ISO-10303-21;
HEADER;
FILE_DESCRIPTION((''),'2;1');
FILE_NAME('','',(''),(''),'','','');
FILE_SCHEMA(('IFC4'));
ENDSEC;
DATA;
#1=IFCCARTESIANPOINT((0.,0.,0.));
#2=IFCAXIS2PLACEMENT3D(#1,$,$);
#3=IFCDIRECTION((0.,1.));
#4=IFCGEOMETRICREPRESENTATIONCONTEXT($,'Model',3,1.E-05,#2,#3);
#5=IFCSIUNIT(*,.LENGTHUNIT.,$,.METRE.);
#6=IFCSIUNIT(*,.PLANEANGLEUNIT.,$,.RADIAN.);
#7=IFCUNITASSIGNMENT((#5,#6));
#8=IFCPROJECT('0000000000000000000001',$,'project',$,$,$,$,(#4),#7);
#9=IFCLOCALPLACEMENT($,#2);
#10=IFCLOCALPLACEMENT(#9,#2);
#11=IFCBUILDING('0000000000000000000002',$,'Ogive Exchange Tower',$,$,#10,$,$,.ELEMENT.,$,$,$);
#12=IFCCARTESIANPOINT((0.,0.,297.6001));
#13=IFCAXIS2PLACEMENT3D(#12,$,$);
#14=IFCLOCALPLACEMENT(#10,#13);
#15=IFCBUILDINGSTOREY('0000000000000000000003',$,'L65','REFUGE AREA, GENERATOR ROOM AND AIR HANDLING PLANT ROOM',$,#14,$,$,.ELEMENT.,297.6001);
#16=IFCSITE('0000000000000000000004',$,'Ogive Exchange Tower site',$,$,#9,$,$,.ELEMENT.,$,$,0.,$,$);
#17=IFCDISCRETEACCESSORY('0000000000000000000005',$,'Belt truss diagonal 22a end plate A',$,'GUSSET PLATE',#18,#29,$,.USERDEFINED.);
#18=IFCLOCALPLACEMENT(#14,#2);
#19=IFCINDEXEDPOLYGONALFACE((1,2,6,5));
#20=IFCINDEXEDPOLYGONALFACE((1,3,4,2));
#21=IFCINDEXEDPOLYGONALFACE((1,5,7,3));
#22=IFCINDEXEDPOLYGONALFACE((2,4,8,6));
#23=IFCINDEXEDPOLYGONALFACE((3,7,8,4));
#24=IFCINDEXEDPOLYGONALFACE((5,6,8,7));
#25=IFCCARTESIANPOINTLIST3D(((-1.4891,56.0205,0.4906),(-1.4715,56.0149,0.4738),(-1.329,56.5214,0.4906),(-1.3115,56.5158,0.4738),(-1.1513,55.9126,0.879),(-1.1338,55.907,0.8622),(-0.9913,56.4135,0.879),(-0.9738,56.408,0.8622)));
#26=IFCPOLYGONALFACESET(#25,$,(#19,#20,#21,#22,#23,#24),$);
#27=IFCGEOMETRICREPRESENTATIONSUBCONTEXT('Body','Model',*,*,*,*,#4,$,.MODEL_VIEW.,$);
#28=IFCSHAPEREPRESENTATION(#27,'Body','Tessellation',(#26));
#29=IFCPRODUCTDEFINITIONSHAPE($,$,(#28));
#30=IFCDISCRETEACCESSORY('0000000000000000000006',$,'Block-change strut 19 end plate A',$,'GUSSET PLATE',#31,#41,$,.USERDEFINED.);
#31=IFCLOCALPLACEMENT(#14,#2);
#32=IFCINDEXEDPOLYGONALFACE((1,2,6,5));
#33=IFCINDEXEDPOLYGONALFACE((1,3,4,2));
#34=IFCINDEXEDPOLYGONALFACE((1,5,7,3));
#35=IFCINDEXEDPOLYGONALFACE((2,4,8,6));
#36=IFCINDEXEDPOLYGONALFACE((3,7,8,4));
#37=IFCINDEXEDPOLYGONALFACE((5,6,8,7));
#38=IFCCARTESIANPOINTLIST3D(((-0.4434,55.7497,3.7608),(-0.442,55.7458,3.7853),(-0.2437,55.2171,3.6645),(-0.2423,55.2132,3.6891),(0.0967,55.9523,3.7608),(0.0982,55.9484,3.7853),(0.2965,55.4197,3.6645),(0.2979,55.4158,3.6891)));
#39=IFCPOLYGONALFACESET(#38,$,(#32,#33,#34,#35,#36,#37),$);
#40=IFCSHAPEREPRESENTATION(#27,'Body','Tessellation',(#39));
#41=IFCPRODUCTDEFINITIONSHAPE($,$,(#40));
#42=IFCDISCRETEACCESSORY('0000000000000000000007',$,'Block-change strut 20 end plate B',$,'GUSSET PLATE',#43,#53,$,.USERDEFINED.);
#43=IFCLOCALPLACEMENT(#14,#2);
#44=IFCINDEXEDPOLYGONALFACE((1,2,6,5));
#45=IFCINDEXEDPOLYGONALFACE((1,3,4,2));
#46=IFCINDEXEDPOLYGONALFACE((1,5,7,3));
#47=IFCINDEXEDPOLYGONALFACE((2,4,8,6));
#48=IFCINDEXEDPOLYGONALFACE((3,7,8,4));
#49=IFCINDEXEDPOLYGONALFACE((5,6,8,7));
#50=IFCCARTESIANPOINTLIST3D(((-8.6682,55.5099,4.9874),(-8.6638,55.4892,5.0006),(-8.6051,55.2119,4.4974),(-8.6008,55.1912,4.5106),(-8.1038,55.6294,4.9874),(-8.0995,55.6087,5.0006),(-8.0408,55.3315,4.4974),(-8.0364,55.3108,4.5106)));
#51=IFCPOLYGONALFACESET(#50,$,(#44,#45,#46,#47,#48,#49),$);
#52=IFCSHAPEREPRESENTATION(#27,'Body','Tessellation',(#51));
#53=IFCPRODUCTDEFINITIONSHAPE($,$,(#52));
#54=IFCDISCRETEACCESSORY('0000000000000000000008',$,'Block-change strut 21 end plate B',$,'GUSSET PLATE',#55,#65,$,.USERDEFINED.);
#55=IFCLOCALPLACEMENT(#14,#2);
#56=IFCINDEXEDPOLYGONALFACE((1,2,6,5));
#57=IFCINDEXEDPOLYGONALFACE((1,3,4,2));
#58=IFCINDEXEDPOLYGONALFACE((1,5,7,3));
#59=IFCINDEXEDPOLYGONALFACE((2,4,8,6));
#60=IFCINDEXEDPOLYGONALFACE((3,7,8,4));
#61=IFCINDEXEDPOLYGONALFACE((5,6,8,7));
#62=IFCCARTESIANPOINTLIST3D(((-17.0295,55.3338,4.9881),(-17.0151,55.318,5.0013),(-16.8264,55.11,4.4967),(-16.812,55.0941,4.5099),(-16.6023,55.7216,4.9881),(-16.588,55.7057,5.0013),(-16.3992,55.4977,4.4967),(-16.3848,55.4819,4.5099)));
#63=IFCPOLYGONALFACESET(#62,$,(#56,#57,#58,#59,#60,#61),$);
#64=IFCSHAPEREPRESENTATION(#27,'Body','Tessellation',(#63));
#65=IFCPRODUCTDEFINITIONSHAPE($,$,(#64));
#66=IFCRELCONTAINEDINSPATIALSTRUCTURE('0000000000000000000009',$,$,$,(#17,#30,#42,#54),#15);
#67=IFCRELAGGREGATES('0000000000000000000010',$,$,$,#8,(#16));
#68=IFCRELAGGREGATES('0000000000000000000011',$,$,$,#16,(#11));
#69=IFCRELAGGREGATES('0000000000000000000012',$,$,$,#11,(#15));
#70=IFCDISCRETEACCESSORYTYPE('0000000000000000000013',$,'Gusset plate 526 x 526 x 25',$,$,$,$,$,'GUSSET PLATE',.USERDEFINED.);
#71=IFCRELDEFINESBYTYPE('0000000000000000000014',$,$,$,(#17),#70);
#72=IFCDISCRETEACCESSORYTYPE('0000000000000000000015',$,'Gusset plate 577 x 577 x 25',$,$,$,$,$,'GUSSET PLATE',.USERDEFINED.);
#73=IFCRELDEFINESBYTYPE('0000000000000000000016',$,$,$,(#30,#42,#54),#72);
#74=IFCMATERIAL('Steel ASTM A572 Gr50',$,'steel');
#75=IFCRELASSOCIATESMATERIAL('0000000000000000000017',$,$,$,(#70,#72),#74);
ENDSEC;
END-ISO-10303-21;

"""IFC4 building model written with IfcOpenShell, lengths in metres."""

from ifc_helpers import new_model, si_unit, direction, frame, origin, origin_2d, place, context, subcontext, project, spatial, rectangle, extrude, material, material_profile, profile_set, type_object, element, save


model = new_model("IFC4")

# Units and contexts
model_context = context("Model", 3, precision=1e-05, world=origin(), true_north=direction((0.0, 1.0)))
body_context = subcontext(model_context, "Body", "Model", "MODEL_VIEW")
ifc_project = project(units=[si_unit("LENGTHUNIT", "METRE"), si_unit("PLANEANGLEUNIT", "RADIAN")], contexts=[model_context])

# Site, building, storey
site_placement = place(None, origin())
site = spatial("IfcSite", under=ifc_project, at=site_placement, Name="Ogive Exchange Tower site", CompositionType="ELEMENT", RefElevation=0.0)
building_placement = place(site_placement, origin())
building = spatial("IfcBuilding", under=site, at=building_placement, Name="Ogive Exchange Tower", CompositionType="ELEMENT")
storey_placement = place(building_placement, frame((0.0, 0.0, 297.6001)))
storey = spatial("IfcBuildingStorey", under=building, at=storey_placement, Name="L65", Description="REFUGE AREA, GENERATOR ROOM AND AIR HANDLING PLANT ROOM", CompositionType="ELEMENT", Elevation=297.6001)

# Discrete accessories
ifc_material_1 = material(Name="Steel ASTM A572 Gr50", Category="steel")
ifc_material_profile_1 = material_profile(ifc_material_1, rectangle(XDim=0.5259, YDim=0.5259, at=origin_2d()), Name="PL 526 x 526 x 25")
ifc_profile_set_1 = profile_set([ifc_material_profile_1], Name="Steel ASTM A572 Gr50")
discrete_accessory_type_1 = type_object("IfcDiscreteAccessoryType", Name="Gusset plate 526 x 526 x 25", ElementType="GUSSET PLATE", PredefinedType="USERDEFINED", material=ifc_profile_set_1)
discrete_accessory_1_placement = place(storey_placement, frame((-1.2227, 56.2114, 0.668), z_axis=(-0.70352, 0.224735, 0.674206), x_axis=(-0.304296, -0.952578, 0.0)))
element("IfcDiscreteAccessory", 1, at=discrete_accessory_1_placement, inside=storey, type_object=discrete_accessory_type_1, Name="Belt truss diagonal 22a end plate A", ObjectType="GUSSET PLATE", PredefinedType="USERDEFINED", context=body_context, shape_type="SweptSolid", body=[
    extrude(rectangle(XDim=0.5259, YDim=0.5259, at=origin_2d()), origin(), (0.0, 0.0, 1.0), 0.0249),
])
ifc_material_profile_2 = material_profile(ifc_material_1, rectangle(XDim=0.5769, YDim=0.5769, at=origin_2d()), Name="PL 577 x 577 x 25")
ifc_profile_set_2 = profile_set([ifc_material_profile_2], Name="Steel ASTM A572 Gr50")
discrete_accessory_type_2 = type_object("IfcDiscreteAccessoryType", Name="Gusset plate 577 x 577 x 25", ElementType="GUSSET PLATE", PredefinedType="USERDEFINED", material=ifc_profile_set_2)
for number, where, z_axis, x_axis, name in (
    (2, (-0.0735, 55.5847, 3.7126), (0.058574, -0.156196, 0.985988), (0.936329, 0.351123, 0.0), "Block-change strut 19 end plate A"),
    (3, (-8.3545, 55.4207, 4.7424), (0.175956, -0.830901, 0.527867), (0.978305, 0.20717, 0.0), "Block-change strut 20 end plate B"),
):
    element("IfcDiscreteAccessory", number, at=place(storey_placement, frame(where, z_axis=z_axis, x_axis=x_axis)), inside=storey, type_object=discrete_accessory_type_2, Name=name, ObjectType="GUSSET PLATE", PredefinedType="USERDEFINED", context=body_context, shape_type="SweptSolid", body=[
        extrude(rectangle(XDim=0.5769, YDim=0.5769, at=origin_2d()), origin(), (0.0, 0.0, 1.0), 0.0249),
    ])
discrete_accessory_2_placement = place(storey_placement, frame((-16.7144, 55.4158, 4.7424), z_axis=(0.572465, -0.630682, 0.523951), x_axis=(0.740455, 0.672106, 0.0)))
element("IfcDiscreteAccessory", 4, at=discrete_accessory_2_placement, inside=storey, type_object=discrete_accessory_type_2, Name="Block-change strut 21 end plate B", ObjectType="GUSSET PLATE", PredefinedType="USERDEFINED", context=body_context, shape_type="SweptSolid", body=[
    extrude(rectangle(XDim=0.5769, YDim=0.5769, at=origin_2d()), origin(), (0.0, 0.0, 1.0), 0.0251),
])

save(model, "model.ifc")
